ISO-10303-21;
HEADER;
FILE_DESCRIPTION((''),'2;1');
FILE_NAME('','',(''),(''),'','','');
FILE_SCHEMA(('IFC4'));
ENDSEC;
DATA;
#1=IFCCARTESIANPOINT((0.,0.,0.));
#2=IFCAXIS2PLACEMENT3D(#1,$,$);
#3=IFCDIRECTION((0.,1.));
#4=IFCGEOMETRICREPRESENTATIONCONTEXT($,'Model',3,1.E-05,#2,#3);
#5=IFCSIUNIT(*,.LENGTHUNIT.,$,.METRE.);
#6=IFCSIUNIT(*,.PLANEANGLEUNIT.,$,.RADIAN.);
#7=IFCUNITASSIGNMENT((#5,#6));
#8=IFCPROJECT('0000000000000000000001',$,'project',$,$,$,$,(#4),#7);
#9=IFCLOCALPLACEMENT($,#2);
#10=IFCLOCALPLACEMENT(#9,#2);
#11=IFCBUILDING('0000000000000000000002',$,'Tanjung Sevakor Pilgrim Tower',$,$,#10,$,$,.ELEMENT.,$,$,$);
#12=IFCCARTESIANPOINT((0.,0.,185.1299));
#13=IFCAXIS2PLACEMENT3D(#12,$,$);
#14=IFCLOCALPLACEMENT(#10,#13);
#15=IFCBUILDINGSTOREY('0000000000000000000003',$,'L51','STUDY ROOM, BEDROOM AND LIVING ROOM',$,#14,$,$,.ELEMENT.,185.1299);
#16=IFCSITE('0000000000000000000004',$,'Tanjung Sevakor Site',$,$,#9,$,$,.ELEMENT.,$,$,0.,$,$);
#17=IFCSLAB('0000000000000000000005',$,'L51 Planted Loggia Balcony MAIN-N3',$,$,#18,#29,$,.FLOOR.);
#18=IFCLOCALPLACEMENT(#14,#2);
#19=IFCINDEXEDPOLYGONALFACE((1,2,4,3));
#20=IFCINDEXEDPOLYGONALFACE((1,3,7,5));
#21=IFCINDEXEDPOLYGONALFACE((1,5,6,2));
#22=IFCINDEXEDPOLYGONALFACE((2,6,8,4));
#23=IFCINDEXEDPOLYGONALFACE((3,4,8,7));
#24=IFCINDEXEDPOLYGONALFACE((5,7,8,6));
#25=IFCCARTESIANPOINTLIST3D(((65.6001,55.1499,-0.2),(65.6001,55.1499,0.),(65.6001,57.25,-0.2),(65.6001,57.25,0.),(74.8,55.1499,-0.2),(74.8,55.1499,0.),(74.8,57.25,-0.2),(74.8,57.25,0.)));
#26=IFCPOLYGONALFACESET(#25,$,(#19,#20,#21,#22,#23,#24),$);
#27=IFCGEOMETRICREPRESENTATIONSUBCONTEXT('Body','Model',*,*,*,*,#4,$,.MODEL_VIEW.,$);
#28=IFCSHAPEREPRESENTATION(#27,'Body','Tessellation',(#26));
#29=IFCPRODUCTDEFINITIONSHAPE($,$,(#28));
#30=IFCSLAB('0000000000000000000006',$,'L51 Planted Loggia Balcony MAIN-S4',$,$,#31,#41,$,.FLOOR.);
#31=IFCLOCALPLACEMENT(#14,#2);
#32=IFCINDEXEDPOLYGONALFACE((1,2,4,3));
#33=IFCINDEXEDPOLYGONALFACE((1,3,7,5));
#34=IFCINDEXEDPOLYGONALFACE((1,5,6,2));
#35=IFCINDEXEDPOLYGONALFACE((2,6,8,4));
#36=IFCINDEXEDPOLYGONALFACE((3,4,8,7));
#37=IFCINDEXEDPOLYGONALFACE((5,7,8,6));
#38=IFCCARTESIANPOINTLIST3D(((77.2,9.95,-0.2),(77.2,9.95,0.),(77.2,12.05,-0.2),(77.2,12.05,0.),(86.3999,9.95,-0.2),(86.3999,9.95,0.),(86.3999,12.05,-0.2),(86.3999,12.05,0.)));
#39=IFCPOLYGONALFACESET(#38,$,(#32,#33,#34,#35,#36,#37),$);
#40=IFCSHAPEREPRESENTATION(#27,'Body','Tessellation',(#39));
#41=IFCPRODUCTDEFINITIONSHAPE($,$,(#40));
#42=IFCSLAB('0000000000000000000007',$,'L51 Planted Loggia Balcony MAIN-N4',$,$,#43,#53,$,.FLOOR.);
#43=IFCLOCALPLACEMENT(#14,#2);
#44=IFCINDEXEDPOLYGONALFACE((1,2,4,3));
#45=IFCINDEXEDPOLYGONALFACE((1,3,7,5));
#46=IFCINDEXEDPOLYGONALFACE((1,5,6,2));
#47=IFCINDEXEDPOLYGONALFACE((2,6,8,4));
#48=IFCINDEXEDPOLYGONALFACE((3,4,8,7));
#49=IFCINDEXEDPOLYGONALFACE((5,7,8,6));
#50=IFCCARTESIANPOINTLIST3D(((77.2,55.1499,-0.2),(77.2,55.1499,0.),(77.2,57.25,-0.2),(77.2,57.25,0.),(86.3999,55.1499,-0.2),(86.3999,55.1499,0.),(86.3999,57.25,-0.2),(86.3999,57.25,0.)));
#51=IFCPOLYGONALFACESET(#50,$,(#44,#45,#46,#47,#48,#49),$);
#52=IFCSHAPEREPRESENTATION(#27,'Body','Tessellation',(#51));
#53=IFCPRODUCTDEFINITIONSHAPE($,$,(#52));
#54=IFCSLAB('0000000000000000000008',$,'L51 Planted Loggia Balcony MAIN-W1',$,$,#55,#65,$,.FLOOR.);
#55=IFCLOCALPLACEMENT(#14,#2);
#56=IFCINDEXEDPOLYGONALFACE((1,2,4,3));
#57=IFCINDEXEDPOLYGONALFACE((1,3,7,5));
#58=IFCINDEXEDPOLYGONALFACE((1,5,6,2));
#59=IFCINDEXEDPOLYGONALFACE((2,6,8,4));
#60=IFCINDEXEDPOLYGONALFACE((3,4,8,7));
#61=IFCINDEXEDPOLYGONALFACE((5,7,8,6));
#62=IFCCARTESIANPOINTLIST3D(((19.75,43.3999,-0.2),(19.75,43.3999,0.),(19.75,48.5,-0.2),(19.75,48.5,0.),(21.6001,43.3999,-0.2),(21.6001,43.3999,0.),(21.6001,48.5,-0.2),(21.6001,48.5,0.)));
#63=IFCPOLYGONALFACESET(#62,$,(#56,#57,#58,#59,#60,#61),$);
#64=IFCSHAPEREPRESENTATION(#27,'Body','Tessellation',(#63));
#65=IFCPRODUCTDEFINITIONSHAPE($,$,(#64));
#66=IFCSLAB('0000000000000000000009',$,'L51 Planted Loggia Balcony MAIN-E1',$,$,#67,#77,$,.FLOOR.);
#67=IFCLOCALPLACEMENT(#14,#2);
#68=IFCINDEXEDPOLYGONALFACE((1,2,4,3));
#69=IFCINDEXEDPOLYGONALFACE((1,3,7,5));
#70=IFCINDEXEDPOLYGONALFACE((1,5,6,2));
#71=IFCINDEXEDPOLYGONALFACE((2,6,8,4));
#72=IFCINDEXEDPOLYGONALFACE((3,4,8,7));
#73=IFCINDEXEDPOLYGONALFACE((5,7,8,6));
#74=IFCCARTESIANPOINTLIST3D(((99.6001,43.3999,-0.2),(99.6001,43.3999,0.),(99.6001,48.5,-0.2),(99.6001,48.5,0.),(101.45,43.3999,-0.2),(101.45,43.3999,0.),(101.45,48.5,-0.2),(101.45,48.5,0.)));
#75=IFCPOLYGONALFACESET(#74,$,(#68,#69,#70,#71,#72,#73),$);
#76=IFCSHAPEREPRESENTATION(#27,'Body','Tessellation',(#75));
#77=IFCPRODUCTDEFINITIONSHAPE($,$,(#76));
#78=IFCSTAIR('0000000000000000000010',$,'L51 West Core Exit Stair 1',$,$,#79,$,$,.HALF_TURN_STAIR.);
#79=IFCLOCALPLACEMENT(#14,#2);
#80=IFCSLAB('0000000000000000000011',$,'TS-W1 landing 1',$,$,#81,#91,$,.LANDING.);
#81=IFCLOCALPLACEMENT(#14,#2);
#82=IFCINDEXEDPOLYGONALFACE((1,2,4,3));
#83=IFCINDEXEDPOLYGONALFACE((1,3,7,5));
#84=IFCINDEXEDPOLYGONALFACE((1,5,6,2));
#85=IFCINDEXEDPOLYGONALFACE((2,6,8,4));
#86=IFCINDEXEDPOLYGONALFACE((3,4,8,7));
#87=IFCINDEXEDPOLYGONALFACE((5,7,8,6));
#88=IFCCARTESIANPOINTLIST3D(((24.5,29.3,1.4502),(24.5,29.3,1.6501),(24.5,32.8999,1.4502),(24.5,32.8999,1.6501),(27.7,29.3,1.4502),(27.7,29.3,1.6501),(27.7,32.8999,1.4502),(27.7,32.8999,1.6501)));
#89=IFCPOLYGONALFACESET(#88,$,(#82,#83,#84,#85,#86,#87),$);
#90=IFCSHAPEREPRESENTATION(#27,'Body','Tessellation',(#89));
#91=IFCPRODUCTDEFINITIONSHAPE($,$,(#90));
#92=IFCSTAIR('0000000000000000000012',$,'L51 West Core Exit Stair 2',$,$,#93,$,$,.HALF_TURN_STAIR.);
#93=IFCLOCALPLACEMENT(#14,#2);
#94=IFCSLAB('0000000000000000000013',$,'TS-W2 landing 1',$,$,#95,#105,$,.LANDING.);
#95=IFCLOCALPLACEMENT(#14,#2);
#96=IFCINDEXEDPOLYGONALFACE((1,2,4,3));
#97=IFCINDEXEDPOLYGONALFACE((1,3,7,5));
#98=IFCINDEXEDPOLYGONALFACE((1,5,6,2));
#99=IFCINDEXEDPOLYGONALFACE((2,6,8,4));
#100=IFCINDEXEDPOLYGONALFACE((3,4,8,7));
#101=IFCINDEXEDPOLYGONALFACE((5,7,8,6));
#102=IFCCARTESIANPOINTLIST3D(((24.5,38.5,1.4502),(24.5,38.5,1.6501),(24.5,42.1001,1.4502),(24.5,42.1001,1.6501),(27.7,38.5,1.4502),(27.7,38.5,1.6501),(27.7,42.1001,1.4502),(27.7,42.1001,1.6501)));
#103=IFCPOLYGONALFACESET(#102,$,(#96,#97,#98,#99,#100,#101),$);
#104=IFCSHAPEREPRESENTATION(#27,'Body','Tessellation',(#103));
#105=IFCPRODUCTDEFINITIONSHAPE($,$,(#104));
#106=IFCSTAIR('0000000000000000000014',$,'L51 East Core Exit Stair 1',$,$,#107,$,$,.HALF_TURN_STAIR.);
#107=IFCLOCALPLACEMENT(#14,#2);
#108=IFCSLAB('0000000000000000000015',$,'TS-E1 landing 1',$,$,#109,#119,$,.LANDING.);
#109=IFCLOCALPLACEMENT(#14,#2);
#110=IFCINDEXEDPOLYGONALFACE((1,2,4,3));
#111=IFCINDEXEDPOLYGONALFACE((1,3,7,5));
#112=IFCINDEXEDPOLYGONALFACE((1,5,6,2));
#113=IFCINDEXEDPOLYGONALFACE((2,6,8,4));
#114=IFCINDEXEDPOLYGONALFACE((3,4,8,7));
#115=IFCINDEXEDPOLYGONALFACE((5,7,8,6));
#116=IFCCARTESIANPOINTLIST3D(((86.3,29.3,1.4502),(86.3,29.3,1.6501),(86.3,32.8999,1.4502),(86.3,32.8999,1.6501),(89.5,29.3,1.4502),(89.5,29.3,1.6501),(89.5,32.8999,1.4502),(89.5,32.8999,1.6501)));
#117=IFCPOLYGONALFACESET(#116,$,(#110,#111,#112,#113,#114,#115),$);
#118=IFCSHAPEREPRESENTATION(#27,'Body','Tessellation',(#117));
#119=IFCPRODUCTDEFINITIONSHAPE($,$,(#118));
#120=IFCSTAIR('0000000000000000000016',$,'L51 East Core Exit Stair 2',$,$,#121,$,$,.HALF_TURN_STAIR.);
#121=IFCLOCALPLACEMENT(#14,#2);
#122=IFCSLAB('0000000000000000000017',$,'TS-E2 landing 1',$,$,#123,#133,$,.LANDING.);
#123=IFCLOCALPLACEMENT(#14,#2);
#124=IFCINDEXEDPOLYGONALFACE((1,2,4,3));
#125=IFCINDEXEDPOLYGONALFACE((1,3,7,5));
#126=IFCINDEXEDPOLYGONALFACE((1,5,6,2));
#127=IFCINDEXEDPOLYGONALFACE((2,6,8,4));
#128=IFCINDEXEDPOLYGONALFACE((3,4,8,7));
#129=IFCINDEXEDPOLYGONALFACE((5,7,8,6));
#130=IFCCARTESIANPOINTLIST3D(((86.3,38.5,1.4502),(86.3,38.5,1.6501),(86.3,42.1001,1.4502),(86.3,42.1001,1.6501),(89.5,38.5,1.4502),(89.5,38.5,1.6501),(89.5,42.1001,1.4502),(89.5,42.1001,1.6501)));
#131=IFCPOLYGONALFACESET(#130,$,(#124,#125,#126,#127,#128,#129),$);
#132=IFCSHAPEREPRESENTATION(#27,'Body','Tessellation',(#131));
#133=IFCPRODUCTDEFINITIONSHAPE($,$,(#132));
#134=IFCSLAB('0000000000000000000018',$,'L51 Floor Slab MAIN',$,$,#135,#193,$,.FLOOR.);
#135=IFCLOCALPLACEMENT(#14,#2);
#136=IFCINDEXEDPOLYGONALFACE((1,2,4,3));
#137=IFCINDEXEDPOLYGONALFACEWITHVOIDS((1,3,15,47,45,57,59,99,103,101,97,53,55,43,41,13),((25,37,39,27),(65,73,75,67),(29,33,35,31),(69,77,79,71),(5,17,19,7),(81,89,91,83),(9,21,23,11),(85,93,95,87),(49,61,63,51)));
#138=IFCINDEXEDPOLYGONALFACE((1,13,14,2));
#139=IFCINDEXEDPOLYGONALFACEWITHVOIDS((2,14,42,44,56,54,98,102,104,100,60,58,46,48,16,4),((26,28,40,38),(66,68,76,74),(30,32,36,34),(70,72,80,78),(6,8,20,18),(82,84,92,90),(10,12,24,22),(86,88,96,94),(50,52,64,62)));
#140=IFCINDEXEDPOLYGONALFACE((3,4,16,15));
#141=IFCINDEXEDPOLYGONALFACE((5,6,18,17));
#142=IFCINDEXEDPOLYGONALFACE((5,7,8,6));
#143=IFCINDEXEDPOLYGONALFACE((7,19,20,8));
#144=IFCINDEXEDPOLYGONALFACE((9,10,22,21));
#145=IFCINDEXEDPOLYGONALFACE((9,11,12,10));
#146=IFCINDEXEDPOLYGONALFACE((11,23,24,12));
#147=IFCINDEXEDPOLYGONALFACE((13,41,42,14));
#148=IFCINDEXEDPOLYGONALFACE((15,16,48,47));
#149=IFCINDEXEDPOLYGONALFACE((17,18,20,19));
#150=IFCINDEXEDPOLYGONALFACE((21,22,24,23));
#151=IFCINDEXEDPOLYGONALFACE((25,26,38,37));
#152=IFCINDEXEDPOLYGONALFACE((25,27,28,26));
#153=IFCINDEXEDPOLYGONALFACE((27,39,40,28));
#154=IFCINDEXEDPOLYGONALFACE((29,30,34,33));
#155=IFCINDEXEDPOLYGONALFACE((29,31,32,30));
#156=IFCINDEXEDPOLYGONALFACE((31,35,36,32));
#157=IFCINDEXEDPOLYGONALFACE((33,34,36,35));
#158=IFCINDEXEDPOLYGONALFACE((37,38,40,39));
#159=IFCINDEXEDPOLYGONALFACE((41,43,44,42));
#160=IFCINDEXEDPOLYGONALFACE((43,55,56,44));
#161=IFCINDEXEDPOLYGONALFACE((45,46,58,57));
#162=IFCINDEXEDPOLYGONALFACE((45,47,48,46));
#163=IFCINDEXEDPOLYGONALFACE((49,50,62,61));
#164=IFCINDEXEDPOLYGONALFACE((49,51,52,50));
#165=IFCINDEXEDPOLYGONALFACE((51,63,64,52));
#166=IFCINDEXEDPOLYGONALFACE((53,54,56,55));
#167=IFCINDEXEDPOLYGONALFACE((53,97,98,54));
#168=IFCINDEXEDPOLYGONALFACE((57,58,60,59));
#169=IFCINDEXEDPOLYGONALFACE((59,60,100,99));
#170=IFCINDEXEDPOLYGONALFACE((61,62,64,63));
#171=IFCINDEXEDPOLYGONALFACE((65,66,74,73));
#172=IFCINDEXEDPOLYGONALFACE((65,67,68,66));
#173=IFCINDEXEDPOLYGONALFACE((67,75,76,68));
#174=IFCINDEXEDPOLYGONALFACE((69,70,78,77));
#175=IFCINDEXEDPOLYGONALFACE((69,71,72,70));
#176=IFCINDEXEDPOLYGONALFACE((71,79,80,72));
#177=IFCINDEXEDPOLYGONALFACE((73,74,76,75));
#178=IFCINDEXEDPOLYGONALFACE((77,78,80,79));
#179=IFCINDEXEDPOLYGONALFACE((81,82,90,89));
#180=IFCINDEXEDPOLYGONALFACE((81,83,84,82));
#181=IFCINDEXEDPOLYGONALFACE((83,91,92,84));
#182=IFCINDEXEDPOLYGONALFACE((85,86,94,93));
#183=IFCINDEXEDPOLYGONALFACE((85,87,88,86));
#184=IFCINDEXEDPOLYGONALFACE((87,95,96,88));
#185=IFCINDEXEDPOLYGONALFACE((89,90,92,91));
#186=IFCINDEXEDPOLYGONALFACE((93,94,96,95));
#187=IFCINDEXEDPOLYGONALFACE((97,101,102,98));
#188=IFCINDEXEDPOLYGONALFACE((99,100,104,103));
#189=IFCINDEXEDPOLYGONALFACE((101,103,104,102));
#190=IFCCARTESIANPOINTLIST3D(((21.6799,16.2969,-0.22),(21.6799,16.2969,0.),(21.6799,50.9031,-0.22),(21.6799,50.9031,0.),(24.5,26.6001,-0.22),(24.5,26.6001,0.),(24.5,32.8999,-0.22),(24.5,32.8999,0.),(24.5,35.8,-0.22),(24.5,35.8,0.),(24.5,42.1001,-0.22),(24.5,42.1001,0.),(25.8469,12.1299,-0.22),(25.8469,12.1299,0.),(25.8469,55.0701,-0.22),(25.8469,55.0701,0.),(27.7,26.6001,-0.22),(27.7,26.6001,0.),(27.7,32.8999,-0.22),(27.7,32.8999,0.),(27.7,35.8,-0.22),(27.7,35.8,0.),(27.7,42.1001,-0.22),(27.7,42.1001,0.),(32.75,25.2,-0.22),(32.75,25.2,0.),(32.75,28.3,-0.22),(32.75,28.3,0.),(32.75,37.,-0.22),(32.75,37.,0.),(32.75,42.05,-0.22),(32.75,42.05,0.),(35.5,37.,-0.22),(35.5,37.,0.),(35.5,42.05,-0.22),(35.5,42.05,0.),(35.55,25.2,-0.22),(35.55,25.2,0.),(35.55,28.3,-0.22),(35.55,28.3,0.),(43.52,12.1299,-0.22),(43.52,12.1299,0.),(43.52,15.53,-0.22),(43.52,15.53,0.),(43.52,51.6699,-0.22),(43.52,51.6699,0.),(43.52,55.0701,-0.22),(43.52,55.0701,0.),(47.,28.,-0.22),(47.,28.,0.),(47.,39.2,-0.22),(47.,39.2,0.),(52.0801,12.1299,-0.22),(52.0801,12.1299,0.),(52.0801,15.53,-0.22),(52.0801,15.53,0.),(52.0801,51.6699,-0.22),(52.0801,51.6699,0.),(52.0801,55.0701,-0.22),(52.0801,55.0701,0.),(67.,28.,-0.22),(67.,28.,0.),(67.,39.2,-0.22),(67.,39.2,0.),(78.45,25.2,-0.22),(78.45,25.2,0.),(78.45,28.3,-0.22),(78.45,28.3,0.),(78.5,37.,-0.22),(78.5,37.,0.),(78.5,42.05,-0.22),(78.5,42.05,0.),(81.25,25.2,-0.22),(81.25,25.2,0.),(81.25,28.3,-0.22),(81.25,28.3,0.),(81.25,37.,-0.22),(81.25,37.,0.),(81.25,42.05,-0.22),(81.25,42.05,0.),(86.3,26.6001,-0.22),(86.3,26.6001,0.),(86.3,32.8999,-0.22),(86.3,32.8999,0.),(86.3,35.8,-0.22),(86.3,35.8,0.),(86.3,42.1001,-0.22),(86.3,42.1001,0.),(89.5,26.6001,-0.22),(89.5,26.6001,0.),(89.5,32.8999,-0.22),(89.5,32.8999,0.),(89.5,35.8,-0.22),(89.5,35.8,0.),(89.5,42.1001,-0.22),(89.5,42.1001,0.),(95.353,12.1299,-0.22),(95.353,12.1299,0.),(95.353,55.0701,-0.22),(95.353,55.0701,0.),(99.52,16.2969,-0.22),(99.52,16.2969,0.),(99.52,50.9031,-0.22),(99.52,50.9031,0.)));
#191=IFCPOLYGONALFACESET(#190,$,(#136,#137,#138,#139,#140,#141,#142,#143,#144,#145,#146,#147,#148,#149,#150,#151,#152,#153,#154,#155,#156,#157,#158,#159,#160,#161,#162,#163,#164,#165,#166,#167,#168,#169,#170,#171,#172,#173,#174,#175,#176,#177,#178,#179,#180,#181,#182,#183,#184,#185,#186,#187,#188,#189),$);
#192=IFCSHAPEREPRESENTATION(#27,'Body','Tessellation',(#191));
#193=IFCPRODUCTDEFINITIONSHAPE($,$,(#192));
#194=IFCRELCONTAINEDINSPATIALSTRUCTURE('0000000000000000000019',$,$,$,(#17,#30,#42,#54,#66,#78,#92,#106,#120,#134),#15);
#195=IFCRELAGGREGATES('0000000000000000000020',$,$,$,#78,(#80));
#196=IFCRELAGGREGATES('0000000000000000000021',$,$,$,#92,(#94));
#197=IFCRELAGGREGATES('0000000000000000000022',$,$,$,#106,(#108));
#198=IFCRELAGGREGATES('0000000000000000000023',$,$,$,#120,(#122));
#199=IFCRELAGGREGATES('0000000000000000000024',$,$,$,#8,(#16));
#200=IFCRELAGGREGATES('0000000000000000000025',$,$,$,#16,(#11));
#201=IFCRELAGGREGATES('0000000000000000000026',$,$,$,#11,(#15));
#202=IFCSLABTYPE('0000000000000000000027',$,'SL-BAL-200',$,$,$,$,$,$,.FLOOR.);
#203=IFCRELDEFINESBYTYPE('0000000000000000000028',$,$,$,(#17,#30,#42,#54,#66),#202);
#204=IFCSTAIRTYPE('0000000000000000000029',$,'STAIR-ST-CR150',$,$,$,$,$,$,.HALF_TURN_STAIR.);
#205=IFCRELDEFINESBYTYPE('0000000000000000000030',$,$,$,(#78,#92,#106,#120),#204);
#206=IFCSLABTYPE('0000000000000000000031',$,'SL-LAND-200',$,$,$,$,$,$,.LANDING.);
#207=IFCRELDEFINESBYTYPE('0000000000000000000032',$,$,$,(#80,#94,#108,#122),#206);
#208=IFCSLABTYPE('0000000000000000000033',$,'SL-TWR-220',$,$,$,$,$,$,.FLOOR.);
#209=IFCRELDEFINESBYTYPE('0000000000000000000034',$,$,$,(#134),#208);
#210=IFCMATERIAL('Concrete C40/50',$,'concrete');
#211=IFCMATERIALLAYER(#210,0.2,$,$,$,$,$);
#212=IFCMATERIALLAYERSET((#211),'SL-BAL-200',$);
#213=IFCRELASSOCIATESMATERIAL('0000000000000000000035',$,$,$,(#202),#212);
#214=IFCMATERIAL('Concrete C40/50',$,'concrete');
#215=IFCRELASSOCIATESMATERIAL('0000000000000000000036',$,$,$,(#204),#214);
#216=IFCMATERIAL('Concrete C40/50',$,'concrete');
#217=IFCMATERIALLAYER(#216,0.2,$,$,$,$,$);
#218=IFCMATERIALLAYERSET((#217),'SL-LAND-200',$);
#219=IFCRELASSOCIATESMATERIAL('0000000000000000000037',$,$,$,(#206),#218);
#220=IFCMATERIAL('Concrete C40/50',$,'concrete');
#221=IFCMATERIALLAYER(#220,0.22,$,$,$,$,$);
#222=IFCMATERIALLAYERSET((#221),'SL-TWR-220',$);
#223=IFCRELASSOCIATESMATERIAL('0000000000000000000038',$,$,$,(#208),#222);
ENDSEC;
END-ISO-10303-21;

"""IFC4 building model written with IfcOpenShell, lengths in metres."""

from ifc_helpers import new_model, si_unit, direction, frame, origin, place, context, subcontext, project, spatial, polyline, outline, extrude, material, layer, layer_set, type_object, element, aggregate, save


model = new_model("IFC4")

# Units and contexts
model_context = context("Model", 3, precision=1e-05, world=origin(), true_north=direction((0.0, 1.0)))
body_context = subcontext(model_context, "Body", "Model", "MODEL_VIEW")
ifc_project = project(units=[si_unit("LENGTHUNIT", "METRE"), si_unit("PLANEANGLEUNIT", "RADIAN")], contexts=[model_context])

# Site, building, storey
site_placement = place(None, origin())
site = spatial("IfcSite", under=ifc_project, at=site_placement, Name="Tanjung Sevakor Site", CompositionType="ELEMENT", RefElevation=0.0)
building_placement = place(site_placement, origin())
building = spatial("IfcBuilding", under=site, at=building_placement, Name="Tanjung Sevakor Pilgrim Tower", CompositionType="ELEMENT")
storey_placement = place(building_placement, frame((0.0, 0.0, 185.1299)))
storey = spatial("IfcBuildingStorey", under=building, at=storey_placement, Name="L51", Description="STUDY ROOM, BEDROOM AND LIVING ROOM", CompositionType="ELEMENT", Elevation=185.1299)

# Slabs
ifc_material_1 = material(Name="Concrete C40/50", Category="concrete")
ifc_layer_1 = layer(ifc_material_1, 0.2)
ifc_layer_set_1 = layer_set([ifc_layer_1], Name="SL-BAL-200")
slab_type_1 = type_object("IfcSlabType", Name="SL-BAL-200", PredefinedType="FLOOR", material=ifc_layer_set_1)
slab_1_placement = place(storey_placement, frame((0.0, 0.0, -0.2)))
element("IfcSlab", 1, at=slab_1_placement, inside=storey, type_object=slab_type_1, Name="L51 Planted Loggia Balcony MAIN-N3", PredefinedType="FLOOR", context=body_context, shape_type="SweptSolid", body=[
    extrude(outline(polyline([(65.6001, 55.1499), (74.8, 55.1499), (74.8, 57.25), (65.6001, 57.25), (65.6001, 55.1499)])), origin(), (0.0, 0.0, 1.0), 0.2),
])
slab_2_placement = place(storey_placement, frame((0.0, 0.0, -0.2)))
element("IfcSlab", 2, at=slab_2_placement, inside=storey, type_object=slab_type_1, Name="L51 Planted Loggia Balcony MAIN-S4", PredefinedType="FLOOR", context=body_context, shape_type="SweptSolid", body=[
    extrude(outline(polyline([(77.2, 9.95), (86.3999, 9.95), (86.3999, 12.05), (77.2, 12.05), (77.2, 9.95)])), origin(), (0.0, 0.0, 1.0), 0.2),
])
slab_3_placement = place(storey_placement, frame((0.0, 0.0, -0.2)))
element("IfcSlab", 3, at=slab_3_placement, inside=storey, type_object=slab_type_1, Name="L51 Planted Loggia Balcony MAIN-N4", PredefinedType="FLOOR", context=body_context, shape_type="SweptSolid", body=[
    extrude(outline(polyline([(77.2, 55.1499), (86.3999, 55.1499), (86.3999, 57.25), (77.2, 57.25), (77.2, 55.1499)])), origin(), (0.0, 0.0, 1.0), 0.2),
])
slab_4_placement = place(storey_placement, frame((0.0, 0.0, -0.2)))
element("IfcSlab", 4, at=slab_4_placement, inside=storey, type_object=slab_type_1, Name="L51 Planted Loggia Balcony MAIN-W1", PredefinedType="FLOOR", context=body_context, shape_type="SweptSolid", body=[
    extrude(outline(polyline([(19.75, 43.3999), (21.6001, 43.3999), (21.6001, 48.5), (19.75, 48.5), (19.75, 43.3999)])), origin(), (0.0, 0.0, 1.0), 0.2),
])
slab_5_placement = place(storey_placement, frame((0.0, 0.0, -0.2)))
element("IfcSlab", 5, at=slab_5_placement, inside=storey, type_object=slab_type_1, Name="L51 Planted Loggia Balcony MAIN-E1", PredefinedType="FLOOR", context=body_context, shape_type="SweptSolid", body=[
    extrude(outline(polyline([(99.6001, 43.3999), (101.45, 43.3999), (101.45, 48.5), (99.6001, 48.5), (99.6001, 43.3999)])), origin(), (0.0, 0.0, 1.0), 0.2),
])

# Stairs, slabs
ifc_material_2 = material(Name="Concrete C40/50", Category="concrete")
stair_type = type_object("IfcStairType", Name="STAIR-ST-CR150", PredefinedType="HALF_TURN_STAIR", material=ifc_material_2)
stair_1_placement = place(storey_placement, origin())
stair_1 = element("IfcStair", 6, at=stair_1_placement, inside=storey, type_object=stair_type, Name="L51 West Core Exit Stair 1", PredefinedType="HALF_TURN_STAIR")
ifc_material_3 = material(Name="Concrete C40/50", Category="concrete")
ifc_layer_2 = layer(ifc_material_3, 0.2)
ifc_layer_set_2 = layer_set([ifc_layer_2], Name="SL-LAND-200")
slab_type_2 = type_object("IfcSlabType", Name="SL-LAND-200", PredefinedType="LANDING", material=ifc_layer_set_2)
slab_6_placement = place(storey_placement, frame((0.0, 0.0, 1.4502)))
slab_6 = element("IfcSlab", 7, at=slab_6_placement, type_object=slab_type_2, Name="TS-W1 landing 1", PredefinedType="LANDING", context=body_context, shape_type="SweptSolid", body=[
    extrude(outline(polyline([(27.7, 29.3), (27.7, 32.8999), (24.5, 32.8999), (24.5, 29.3), (27.7, 29.3)])), origin(), (0.0, 0.0, 1.0), 0.2),
])
aggregate(stair_1, [slab_6])
stair_2_placement = place(storey_placement, origin())
stair_2 = element("IfcStair", 8, at=stair_2_placement, inside=storey, type_object=stair_type, Name="L51 West Core Exit Stair 2", PredefinedType="HALF_TURN_STAIR")
slab_7_placement = place(storey_placement, frame((0.0, 0.0, 1.4502)))
slab_7 = element("IfcSlab", 9, at=slab_7_placement, type_object=slab_type_2, Name="TS-W2 landing 1", PredefinedType="LANDING", context=body_context, shape_type="SweptSolid", body=[
    extrude(outline(polyline([(27.7, 38.5), (27.7, 42.1001), (24.5, 42.1001), (24.5, 38.5), (27.7, 38.5)])), origin(), (0.0, 0.0, 1.0), 0.2),
])
aggregate(stair_2, [slab_7])
stair_3_placement = place(storey_placement, origin())
stair_3 = element("IfcStair", 10, at=stair_3_placement, inside=storey, type_object=stair_type, Name="L51 East Core Exit Stair 1", PredefinedType="HALF_TURN_STAIR")
slab_8_placement = place(storey_placement, frame((0.0, 0.0, 1.4502)))
slab_8 = element("IfcSlab", 11, at=slab_8_placement, type_object=slab_type_2, Name="TS-E1 landing 1", PredefinedType="LANDING", context=body_context, shape_type="SweptSolid", body=[
    extrude(outline(polyline([(89.5, 29.3), (89.5, 32.8999), (86.3, 32.8999), (86.3, 29.3), (89.5, 29.3)])), origin(), (0.0, 0.0, 1.0), 0.2),
])
aggregate(stair_3, [slab_8])
stair_4_placement = place(storey_placement, origin())
stair_4 = element("IfcStair", 12, at=stair_4_placement, inside=storey, type_object=stair_type, Name="L51 East Core Exit Stair 2", PredefinedType="HALF_TURN_STAIR")
slab_9_placement = place(storey_placement, frame((0.0, 0.0, 1.4502)))
slab_9 = element("IfcSlab", 13, at=slab_9_placement, type_object=slab_type_2, Name="TS-E2 landing 1", PredefinedType="LANDING", context=body_context, shape_type="SweptSolid", body=[
    extrude(outline(polyline([(89.5, 38.5), (89.5, 42.1001), (86.3, 42.1001), (86.3, 38.5), (89.5, 38.5)])), origin(), (0.0, 0.0, 1.0), 0.2),
])
aggregate(stair_4, [slab_9])

# Slab
ifc_material_4 = material(Name="Concrete C40/50", Category="concrete")
ifc_layer_3 = layer(ifc_material_4, 0.22)
ifc_layer_set_3 = layer_set([ifc_layer_3], Name="SL-TWR-220")
slab_type_3 = type_object("IfcSlabType", Name="SL-TWR-220", PredefinedType="FLOOR", material=ifc_layer_set_3)
slab_10_placement = place(storey_placement, frame((0.0, 0.0, -0.22)))
element("IfcSlab", 14, at=slab_10_placement, inside=storey, type_object=slab_type_3, Name="L51 Floor Slab MAIN", PredefinedType="FLOOR", context=body_context, shape_type="SweptSolid", body=[
    extrude(outline(polyline([(25.8469, 12.1299), (43.52, 12.1299), (43.52, 15.53), (52.0801, 15.53), (52.0801, 12.1299), (95.353, 12.1299), (99.52, 16.2969), (99.52, 50.9031), (95.353, 55.0701), (52.0801, 55.0701), (52.0801, 51.6699), (43.52, 51.6699), (43.52, 55.0701), (25.8469, 55.0701), (21.6799, 50.9031), (21.6799, 16.2969), (25.8469, 12.1299)]), holes=[polyline([(27.7, 26.6001), (27.7, 32.8999), (24.5, 32.8999), (24.5, 26.6001), (27.7, 26.6001)]), polyline([(27.7, 35.8), (27.7, 42.1001), (24.5, 42.1001), (24.5, 35.8), (27.7, 35.8)]), polyline([(89.5, 26.6001), (89.5, 32.8999), (86.3, 32.8999), (86.3, 26.6001), (89.5, 26.6001)]), polyline([(89.5, 35.8), (89.5, 42.1001), (86.3, 42.1001), (86.3, 35.8), (89.5, 35.8)]), polyline([(32.75, 25.2), (35.55, 25.2), (35.55, 28.3), (32.75, 28.3), (32.75, 25.2)]), polyline([(32.75, 37.0), (35.5, 37.0), (35.5, 42.05), (32.75, 42.05), (32.75, 37.0)]), polyline([(78.45, 25.2), (81.25, 25.2), (81.25, 28.3), (78.45, 28.3), (78.45, 25.2)]), polyline([(78.5, 37.0), (81.25, 37.0), (81.25, 42.05), (78.5, 42.05), (78.5, 37.0)]), polyline([(47.0, 28.0), (67.0, 28.0), (67.0, 39.2), (47.0, 39.2), (47.0, 28.0)])]), origin(), (0.0, 0.0, 1.0), 0.22),
])

save(model, "model.ifc")
